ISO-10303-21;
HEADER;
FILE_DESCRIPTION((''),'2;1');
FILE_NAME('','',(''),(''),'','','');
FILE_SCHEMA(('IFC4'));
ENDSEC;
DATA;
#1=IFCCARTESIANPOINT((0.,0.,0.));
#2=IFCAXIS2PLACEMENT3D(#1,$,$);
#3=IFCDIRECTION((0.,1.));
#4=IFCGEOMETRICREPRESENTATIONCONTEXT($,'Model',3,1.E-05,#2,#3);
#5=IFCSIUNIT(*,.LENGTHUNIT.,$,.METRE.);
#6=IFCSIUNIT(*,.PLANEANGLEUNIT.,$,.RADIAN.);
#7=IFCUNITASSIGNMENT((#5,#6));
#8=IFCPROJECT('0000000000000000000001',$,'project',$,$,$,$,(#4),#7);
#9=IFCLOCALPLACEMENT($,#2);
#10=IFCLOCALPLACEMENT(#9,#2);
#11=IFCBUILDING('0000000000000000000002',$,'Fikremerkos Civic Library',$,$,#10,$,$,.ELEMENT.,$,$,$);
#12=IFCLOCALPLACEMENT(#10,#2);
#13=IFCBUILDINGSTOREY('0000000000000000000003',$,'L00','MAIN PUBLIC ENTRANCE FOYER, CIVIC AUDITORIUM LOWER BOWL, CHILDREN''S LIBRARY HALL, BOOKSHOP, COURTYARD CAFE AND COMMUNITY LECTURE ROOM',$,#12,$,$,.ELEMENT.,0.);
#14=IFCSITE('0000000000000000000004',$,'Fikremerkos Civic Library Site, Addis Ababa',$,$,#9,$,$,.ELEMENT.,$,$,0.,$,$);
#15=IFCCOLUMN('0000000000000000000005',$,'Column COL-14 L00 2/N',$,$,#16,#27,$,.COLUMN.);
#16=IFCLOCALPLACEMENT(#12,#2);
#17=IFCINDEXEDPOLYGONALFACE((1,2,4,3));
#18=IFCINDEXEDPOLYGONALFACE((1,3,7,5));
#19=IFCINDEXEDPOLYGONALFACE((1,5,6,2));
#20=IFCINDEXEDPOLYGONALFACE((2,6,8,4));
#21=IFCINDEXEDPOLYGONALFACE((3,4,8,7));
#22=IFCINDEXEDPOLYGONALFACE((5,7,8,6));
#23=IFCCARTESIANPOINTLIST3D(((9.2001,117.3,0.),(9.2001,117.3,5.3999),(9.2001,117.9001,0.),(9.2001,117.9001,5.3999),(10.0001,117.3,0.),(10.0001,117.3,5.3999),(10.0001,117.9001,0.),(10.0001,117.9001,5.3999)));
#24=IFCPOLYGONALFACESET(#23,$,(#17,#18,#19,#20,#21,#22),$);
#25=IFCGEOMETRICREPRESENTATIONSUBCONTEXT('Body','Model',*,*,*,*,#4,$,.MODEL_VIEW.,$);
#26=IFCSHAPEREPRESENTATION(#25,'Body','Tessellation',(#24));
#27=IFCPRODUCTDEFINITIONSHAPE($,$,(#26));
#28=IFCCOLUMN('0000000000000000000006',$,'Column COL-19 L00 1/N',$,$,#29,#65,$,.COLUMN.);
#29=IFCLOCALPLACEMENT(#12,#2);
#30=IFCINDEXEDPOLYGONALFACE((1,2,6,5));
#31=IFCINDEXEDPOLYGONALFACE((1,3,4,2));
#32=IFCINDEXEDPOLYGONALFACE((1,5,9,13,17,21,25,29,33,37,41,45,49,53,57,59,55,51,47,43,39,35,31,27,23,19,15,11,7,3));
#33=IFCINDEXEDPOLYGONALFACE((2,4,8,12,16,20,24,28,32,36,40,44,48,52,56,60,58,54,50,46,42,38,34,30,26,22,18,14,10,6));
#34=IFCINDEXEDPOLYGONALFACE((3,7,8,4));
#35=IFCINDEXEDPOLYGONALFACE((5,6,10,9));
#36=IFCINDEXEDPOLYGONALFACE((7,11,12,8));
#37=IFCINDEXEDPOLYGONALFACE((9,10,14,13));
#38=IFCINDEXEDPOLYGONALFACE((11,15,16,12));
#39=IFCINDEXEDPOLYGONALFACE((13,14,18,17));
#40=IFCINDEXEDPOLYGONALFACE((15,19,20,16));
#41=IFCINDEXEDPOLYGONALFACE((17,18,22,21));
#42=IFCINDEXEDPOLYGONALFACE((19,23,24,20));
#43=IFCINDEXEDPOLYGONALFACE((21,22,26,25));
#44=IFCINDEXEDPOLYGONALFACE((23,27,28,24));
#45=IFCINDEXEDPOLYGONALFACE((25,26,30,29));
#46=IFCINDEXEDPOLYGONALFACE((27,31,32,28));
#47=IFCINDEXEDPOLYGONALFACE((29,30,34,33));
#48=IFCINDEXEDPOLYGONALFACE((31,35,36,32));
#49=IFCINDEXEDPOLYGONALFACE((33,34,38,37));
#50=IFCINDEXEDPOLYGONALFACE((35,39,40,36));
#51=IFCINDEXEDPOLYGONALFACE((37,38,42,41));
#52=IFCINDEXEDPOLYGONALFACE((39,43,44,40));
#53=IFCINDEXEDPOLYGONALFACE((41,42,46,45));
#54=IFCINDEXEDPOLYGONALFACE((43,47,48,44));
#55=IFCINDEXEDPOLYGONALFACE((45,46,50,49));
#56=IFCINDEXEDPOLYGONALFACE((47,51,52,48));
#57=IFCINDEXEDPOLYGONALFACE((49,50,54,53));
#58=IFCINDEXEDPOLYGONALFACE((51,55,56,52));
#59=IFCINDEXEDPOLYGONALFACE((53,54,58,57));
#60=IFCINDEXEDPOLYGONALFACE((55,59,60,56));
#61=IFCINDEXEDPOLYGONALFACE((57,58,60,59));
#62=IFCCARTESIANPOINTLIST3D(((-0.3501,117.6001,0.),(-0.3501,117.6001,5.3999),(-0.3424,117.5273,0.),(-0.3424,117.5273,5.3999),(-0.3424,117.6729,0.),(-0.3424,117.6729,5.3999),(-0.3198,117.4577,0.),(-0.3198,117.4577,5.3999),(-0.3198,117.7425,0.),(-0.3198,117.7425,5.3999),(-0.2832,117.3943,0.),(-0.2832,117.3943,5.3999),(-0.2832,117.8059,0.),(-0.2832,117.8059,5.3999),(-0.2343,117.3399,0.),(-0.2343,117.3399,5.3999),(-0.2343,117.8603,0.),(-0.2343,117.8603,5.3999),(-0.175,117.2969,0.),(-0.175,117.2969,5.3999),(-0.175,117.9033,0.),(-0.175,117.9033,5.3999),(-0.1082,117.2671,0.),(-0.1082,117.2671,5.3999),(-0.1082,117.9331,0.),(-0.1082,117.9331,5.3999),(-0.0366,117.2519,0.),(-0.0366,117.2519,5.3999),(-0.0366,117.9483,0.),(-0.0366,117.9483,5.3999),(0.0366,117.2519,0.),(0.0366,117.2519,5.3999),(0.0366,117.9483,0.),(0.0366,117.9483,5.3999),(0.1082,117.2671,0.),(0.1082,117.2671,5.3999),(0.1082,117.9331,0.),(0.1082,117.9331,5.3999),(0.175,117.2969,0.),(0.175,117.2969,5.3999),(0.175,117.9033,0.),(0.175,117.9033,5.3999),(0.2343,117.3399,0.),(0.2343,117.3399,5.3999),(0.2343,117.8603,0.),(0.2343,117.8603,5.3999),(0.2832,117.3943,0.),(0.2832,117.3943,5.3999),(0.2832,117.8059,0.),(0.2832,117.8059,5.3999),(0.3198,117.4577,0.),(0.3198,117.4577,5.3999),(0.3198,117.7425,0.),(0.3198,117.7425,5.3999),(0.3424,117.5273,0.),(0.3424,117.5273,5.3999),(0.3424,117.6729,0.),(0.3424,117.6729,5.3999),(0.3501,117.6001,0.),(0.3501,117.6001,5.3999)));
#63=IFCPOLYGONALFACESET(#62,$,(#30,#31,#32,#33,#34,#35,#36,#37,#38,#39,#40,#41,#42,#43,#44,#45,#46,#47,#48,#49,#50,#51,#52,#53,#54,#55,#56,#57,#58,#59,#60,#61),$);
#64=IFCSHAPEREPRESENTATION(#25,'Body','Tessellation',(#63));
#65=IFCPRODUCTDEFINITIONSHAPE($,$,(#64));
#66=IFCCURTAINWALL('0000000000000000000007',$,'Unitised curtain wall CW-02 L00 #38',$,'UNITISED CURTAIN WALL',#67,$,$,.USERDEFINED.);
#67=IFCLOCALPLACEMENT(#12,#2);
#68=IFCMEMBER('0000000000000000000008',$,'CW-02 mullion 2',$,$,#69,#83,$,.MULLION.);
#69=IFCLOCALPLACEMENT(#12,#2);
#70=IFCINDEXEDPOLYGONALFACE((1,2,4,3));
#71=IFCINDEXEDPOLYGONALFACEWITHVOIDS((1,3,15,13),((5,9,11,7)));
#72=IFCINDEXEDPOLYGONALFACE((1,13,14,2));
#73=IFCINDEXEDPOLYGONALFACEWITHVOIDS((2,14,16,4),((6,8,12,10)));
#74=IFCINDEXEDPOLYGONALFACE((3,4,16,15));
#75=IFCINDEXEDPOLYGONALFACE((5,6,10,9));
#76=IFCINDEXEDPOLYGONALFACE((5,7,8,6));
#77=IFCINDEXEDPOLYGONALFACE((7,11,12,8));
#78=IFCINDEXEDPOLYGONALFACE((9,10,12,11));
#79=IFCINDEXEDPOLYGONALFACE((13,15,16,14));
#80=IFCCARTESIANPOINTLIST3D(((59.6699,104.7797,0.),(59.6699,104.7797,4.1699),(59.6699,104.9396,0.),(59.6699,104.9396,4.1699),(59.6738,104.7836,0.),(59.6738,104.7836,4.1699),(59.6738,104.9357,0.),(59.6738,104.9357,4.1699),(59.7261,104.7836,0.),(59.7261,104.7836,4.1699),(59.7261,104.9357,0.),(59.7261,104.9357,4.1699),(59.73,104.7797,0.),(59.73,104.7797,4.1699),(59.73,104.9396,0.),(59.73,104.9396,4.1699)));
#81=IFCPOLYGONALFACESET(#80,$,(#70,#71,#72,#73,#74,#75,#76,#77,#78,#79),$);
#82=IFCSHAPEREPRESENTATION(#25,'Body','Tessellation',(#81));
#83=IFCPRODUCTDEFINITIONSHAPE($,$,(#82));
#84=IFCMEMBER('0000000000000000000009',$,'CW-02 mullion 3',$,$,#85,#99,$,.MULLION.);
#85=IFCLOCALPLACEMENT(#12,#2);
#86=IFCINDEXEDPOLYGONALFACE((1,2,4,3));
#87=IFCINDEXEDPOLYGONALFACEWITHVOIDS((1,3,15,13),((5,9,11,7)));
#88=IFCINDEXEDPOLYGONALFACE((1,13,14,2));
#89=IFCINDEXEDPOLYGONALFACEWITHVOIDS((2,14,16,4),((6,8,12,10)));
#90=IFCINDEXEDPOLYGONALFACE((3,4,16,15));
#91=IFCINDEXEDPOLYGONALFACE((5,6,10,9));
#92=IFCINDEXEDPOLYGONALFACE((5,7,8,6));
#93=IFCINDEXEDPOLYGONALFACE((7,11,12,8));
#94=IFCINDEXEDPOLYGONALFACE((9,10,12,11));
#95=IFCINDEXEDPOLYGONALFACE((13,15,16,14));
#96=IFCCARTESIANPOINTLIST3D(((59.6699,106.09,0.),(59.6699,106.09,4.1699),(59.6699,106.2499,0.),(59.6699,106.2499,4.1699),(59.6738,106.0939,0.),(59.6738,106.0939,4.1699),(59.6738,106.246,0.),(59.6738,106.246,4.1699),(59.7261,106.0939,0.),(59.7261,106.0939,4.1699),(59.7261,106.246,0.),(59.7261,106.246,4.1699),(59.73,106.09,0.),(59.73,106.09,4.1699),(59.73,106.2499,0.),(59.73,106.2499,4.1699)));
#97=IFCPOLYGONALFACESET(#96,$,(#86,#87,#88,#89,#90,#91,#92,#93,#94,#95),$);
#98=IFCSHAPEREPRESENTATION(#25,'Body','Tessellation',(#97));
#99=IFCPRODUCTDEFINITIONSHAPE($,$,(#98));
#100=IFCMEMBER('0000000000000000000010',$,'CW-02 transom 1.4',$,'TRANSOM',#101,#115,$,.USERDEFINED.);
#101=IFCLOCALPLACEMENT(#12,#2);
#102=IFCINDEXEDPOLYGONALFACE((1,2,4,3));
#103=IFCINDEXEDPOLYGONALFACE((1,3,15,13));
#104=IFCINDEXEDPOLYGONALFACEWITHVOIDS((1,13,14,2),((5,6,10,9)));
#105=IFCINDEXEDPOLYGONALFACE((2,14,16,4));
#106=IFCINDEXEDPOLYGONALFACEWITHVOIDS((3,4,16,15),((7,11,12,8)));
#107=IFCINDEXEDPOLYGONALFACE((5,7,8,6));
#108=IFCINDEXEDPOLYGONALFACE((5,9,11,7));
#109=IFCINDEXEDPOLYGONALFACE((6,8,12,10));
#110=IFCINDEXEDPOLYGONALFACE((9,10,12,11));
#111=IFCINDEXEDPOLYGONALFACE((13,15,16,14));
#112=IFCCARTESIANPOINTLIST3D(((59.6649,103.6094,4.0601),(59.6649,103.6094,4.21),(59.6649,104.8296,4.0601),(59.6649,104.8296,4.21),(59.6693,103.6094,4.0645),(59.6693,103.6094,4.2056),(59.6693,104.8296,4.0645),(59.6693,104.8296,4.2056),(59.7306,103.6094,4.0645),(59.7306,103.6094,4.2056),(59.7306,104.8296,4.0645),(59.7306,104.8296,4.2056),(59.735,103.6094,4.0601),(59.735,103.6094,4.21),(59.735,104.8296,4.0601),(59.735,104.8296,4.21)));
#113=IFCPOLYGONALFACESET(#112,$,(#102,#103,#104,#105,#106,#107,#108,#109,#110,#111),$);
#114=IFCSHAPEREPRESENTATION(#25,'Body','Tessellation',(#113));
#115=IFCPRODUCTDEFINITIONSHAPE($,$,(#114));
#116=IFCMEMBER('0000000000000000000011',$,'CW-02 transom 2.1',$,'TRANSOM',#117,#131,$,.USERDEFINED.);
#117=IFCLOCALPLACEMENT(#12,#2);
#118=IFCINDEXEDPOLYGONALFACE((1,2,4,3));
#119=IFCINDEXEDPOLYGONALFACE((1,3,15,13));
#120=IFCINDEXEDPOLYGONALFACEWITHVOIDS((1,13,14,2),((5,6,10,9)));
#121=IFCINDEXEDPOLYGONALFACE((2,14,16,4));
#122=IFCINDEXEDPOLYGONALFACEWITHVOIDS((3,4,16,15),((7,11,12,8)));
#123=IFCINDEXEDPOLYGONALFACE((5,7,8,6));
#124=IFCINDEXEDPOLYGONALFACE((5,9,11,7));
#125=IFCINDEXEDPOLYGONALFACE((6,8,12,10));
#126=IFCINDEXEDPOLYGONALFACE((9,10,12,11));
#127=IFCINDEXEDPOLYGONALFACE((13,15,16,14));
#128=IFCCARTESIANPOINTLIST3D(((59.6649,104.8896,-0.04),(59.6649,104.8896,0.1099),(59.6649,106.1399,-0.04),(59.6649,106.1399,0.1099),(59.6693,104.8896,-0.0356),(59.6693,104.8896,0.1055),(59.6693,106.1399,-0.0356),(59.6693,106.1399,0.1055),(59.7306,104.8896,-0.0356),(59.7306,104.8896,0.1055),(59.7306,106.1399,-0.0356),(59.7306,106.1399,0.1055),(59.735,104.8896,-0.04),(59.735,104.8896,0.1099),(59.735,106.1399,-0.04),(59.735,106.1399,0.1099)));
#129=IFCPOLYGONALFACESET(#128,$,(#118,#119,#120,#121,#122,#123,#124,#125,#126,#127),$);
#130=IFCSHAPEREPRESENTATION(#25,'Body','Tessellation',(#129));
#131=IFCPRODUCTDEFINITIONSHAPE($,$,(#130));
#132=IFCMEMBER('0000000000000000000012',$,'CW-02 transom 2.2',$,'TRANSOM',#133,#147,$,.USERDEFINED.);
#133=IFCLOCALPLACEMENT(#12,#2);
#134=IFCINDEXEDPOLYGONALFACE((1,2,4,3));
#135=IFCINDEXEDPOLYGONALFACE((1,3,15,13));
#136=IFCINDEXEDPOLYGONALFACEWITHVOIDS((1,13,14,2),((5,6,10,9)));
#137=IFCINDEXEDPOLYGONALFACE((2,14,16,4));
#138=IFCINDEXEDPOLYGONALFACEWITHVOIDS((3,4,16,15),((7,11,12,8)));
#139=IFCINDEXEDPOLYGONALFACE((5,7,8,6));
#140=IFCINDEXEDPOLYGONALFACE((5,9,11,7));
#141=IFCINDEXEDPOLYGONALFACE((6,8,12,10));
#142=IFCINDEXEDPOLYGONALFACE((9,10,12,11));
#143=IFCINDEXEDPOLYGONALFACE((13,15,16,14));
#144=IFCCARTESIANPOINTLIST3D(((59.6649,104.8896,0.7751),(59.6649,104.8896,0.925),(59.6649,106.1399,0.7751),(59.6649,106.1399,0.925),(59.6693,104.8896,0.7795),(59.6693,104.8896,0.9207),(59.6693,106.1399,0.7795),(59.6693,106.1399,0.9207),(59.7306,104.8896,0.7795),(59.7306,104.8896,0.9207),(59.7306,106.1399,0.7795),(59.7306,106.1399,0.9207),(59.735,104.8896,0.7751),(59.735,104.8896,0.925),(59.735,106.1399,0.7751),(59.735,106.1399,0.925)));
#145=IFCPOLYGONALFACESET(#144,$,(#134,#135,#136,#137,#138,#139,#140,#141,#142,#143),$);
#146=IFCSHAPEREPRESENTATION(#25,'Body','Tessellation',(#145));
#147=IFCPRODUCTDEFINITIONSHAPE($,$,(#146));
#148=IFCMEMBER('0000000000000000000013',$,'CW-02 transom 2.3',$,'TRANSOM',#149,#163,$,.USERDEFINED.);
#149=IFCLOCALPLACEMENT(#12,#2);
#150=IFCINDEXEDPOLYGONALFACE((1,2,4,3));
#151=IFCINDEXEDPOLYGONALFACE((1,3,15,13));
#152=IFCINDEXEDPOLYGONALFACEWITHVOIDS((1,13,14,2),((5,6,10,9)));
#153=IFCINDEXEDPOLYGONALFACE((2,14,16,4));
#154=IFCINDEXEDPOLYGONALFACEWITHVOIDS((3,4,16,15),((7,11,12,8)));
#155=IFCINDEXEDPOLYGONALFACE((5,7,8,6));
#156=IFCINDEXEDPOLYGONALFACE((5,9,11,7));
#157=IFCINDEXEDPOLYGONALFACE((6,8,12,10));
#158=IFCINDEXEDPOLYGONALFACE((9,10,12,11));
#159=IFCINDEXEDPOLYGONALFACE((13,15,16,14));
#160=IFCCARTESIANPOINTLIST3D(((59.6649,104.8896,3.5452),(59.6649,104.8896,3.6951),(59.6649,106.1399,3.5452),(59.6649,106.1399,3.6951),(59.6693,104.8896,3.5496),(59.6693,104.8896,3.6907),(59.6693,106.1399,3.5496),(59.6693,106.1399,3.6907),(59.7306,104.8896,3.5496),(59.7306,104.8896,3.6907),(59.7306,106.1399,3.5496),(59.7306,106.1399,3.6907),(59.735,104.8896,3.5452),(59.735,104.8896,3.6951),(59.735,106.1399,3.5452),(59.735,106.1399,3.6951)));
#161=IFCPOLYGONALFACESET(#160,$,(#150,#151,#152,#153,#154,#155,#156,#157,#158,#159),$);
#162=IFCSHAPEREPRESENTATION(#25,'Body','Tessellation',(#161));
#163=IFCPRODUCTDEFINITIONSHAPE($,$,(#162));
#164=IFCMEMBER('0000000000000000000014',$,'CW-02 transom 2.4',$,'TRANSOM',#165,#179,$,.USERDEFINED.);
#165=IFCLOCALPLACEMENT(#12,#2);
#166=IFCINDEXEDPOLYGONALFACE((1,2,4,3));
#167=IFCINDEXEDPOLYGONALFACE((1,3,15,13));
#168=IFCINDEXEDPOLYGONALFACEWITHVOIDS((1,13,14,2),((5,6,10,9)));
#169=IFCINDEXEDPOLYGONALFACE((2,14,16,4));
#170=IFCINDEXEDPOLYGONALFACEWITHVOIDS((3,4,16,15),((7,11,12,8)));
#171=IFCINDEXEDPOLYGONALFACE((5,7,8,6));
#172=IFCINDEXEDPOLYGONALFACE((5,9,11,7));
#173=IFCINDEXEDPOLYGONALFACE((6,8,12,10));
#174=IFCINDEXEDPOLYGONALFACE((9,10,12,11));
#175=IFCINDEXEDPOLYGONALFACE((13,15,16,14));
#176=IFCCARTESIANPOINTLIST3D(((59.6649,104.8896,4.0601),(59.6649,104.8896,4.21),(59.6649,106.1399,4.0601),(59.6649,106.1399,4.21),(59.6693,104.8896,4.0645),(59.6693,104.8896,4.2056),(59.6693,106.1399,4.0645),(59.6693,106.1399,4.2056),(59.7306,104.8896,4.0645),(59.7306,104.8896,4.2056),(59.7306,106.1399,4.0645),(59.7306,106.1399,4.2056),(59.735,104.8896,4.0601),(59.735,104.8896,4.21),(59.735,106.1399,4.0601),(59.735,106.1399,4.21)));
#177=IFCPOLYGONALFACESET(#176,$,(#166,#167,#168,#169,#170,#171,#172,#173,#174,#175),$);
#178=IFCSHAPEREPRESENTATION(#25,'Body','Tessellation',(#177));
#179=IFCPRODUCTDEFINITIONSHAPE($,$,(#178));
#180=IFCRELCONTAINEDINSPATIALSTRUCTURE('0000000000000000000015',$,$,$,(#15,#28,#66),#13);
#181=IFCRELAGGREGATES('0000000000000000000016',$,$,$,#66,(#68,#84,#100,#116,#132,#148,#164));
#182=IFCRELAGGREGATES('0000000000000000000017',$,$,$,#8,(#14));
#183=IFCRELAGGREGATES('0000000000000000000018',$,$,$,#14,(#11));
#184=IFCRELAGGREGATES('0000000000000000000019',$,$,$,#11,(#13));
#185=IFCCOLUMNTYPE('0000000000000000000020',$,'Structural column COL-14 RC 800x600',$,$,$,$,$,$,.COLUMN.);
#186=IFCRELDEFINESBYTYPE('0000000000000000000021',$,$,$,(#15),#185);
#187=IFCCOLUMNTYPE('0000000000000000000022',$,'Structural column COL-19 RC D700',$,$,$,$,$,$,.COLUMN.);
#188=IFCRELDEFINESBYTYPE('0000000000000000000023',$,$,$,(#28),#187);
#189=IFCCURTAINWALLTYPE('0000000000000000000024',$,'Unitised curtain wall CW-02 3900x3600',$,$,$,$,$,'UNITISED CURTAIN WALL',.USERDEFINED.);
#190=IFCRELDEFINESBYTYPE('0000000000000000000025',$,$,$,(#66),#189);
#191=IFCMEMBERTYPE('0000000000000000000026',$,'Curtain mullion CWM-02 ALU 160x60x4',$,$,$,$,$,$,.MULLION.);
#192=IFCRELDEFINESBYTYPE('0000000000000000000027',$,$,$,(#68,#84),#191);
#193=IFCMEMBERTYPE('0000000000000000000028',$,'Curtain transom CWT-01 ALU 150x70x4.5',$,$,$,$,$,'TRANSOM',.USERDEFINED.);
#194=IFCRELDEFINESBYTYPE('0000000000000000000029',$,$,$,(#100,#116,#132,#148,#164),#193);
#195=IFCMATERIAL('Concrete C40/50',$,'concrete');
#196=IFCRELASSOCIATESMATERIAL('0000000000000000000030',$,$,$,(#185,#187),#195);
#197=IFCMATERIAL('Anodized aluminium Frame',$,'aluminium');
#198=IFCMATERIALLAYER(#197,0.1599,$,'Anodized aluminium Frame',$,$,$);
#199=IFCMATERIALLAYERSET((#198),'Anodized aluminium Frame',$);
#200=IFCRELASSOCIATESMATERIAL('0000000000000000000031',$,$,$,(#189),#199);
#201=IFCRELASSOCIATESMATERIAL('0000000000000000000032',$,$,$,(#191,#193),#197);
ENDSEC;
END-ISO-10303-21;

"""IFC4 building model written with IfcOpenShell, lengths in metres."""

from ifc_helpers import new_model, si_unit, direction, frame, origin, origin_2d, place, context, subcontext, project, spatial, rectangle, hollow_rectangle, circle, extrude, material, layer, layer_set, material_profile, profile_set, type_object, element, aggregate, save


model = new_model("IFC4")

# Units and contexts
model_context = context("Model", 3, precision=1e-05, world=origin(), true_north=direction((0.0, 1.0)))
body_context = subcontext(model_context, "Body", "Model", "MODEL_VIEW")
ifc_project = project(units=[si_unit("LENGTHUNIT", "METRE"), si_unit("PLANEANGLEUNIT", "RADIAN")], contexts=[model_context])

# Site, building, storey
site_placement = place(None, origin())
site = spatial("IfcSite", under=ifc_project, at=site_placement, Name="Fikremerkos Civic Library Site, Addis Ababa", CompositionType="ELEMENT", RefElevation=0.0)
building_placement = place(site_placement, origin())
building = spatial("IfcBuilding", under=site, at=building_placement, Name="Fikremerkos Civic Library", CompositionType="ELEMENT")
storey_placement = place(building_placement, origin())
storey = spatial("IfcBuildingStorey", under=building, at=storey_placement, Name="L00", Description="MAIN PUBLIC ENTRANCE FOYER, CIVIC AUDITORIUM LOWER BOWL, CHILDREN'S LIBRARY HALL, BOOKSHOP, COURTYARD CAFE AND COMMUNITY LECTURE ROOM", CompositionType="ELEMENT", Elevation=0.0)

# Columns
ifc_material_1 = material(Name="Concrete C40/50", Category="concrete")
ifc_material_profile_1 = material_profile(ifc_material_1, rectangle(XDim=0.8, YDim=0.6001, at=origin_2d()), Name="RC 800x600")
ifc_profile_set_1 = profile_set([ifc_material_profile_1], Name="Concrete C40/50")
column_type_1 = type_object("IfcColumnType", Name="Structural column COL-14 RC 800x600", PredefinedType="COLUMN", material=ifc_profile_set_1)
column_1_placement = place(storey_placement, frame((9.6001, 117.6001, 0.0), z_axis=(0.0, 0.0, 1.0), x_axis=(1.0, 0.0, 0.0)))
element("IfcColumn", 1, at=column_1_placement, inside=storey, type_object=column_type_1, Name="Column COL-14 L00 2/N", PredefinedType="COLUMN", context=body_context, shape_type="SweptSolid", body=[
    extrude(rectangle(XDim=0.8, YDim=0.6001, at=origin_2d()), origin(), (0.0, 0.0, 1.0), 5.3999),
])
ifc_material_profile_2 = material_profile(ifc_material_1, circle(Radius=0.3501, at=origin_2d()), Name="RC D700")
ifc_profile_set_2 = profile_set([ifc_material_profile_2], Name="Concrete C40/50")
column_type_2 = type_object("IfcColumnType", Name="Structural column COL-19 RC D700", PredefinedType="COLUMN", material=ifc_profile_set_2)
column_2_placement = place(storey_placement, frame((0.0, 117.6001, 0.0), z_axis=(0.0, 0.0, 1.0), x_axis=(1.0, 0.0, 0.0)))
element("IfcColumn", 2, at=column_2_placement, inside=storey, type_object=column_type_2, Name="Column COL-19 L00 1/N", PredefinedType="COLUMN", context=body_context, shape_type="SweptSolid", body=[
    extrude(circle(Radius=0.3501, at=origin_2d()), origin(), (0.0, 0.0, 1.0), 5.3999),
])

# Curtain wall, members
ifc_material_2 = material(Name="Anodized aluminium Frame", Category="aluminium")
ifc_layer_1 = layer(ifc_material_2, 0.1599, Name="Anodized aluminium Frame")
ifc_layer_set_1 = layer_set([ifc_layer_1], Name="Anodized aluminium Frame")
curtain_wall_type = type_object("IfcCurtainWallType", Name="Unitised curtain wall CW-02 3900x3600", ElementType="UNITISED CURTAIN WALL", PredefinedType="USERDEFINED", material=ifc_layer_set_1)
curtain_wall_placement = place(storey_placement, origin())
curtain_wall = element("IfcCurtainWall", 3, at=curtain_wall_placement, inside=storey, type_object=curtain_wall_type, Name="Unitised curtain wall CW-02 L00 #38", ObjectType="UNITISED CURTAIN WALL", PredefinedType="USERDEFINED")
ifc_material_profile_3 = material_profile(ifc_material_2, hollow_rectangle(XDim=0.0601, YDim=0.1599, WallThickness=0.0039, at=origin_2d()), Name="ALU 160x60x4")
ifc_profile_set_3 = profile_set([ifc_material_profile_3], Name="Anodized aluminium Frame")
member_type_1 = type_object("IfcMemberType", Name="Curtain mullion CWM-02 ALU 160x60x4", PredefinedType="MULLION", material=ifc_profile_set_3)
member_1_placement = place(storey_placement, frame((59.7, 104.8596, 0.0), z_axis=(0.0, 0.0, 1.0), x_axis=(-1.0, 0.0, 0.0)))
member_1 = element("IfcMember", 4, at=member_1_placement, type_object=member_type_1, Name="CW-02 mullion 2", PredefinedType="MULLION", context=body_context, shape_type="SweptSolid", body=[
    extrude(hollow_rectangle(XDim=0.0601, YDim=0.1599, WallThickness=0.0039, at=origin_2d()), origin(), (0.0, 0.0, 1.0), 4.1699),
])
member_2_placement = place(storey_placement, frame((59.7, 106.1699, 0.0), z_axis=(0.0, 0.0, 1.0), x_axis=(-1.0, 0.0, 0.0)))
member_2 = element("IfcMember", 5, at=member_2_placement, type_object=member_type_1, Name="CW-02 mullion 3", PredefinedType="MULLION", context=body_context, shape_type="SweptSolid", body=[
    extrude(hollow_rectangle(XDim=0.0601, YDim=0.1599, WallThickness=0.0039, at=origin_2d()), origin(), (0.0, 0.0, 1.0), 4.1699),
])
ifc_material_profile_4 = material_profile(ifc_material_2, hollow_rectangle(XDim=0.0701, YDim=0.1499, WallThickness=0.0044, at=origin_2d()), Name="ALU 150x70x4.5")
ifc_profile_set_4 = profile_set([ifc_material_profile_4], Name="Anodized aluminium Frame")
member_type_2 = type_object("IfcMemberType", Name="Curtain transom CWT-01 ALU 150x70x4.5", ElementType="TRANSOM", PredefinedType="USERDEFINED", material=ifc_profile_set_4)
member_3_placement = place(storey_placement, frame((59.7, 103.6094, 4.135), z_axis=(0.0, 1.0, 0.0), x_axis=(-1.0, 0.0, 0.0)))
member_3 = element("IfcMember", 6, at=member_3_placement, type_object=member_type_2, Name="CW-02 transom 1.4", ObjectType="TRANSOM", PredefinedType="USERDEFINED", context=body_context, shape_type="SweptSolid", body=[
    extrude(hollow_rectangle(XDim=0.0701, YDim=0.1499, WallThickness=0.0044, at=origin_2d()), origin(), (0.0, 0.0, 1.0), 1.2202),
])
member_4_placement = place(storey_placement, frame((59.7, 104.8896, 0.0349), z_axis=(0.0, 1.0, 0.0), x_axis=(-1.0, 0.0, 0.0)))
member_4 = element("IfcMember", 7, at=member_4_placement, type_object=member_type_2, Name="CW-02 transom 2.1", ObjectType="TRANSOM", PredefinedType="USERDEFINED", context=body_context, shape_type="SweptSolid", body=[
    extrude(hollow_rectangle(XDim=0.0701, YDim=0.1499, WallThickness=0.0044, at=origin_2d()), origin(), (0.0, 0.0, 1.0), 1.2502),
])
member_5_placement = place(storey_placement, frame((59.7, 104.8896, 0.8501), z_axis=(0.0, 1.0, 0.0), x_axis=(-1.0, 0.0, 0.0)))
member_5 = element("IfcMember", 8, at=member_5_placement, type_object=member_type_2, Name="CW-02 transom 2.2", ObjectType="TRANSOM", PredefinedType="USERDEFINED", context=body_context, shape_type="SweptSolid", body=[
    extrude(hollow_rectangle(XDim=0.0701, YDim=0.1499, WallThickness=0.0044, at=origin_2d()), origin(), (0.0, 0.0, 1.0), 1.2502),
])
member_6_placement = place(storey_placement, frame((59.7, 104.8896, 3.6201), z_axis=(0.0, 1.0, 0.0), x_axis=(-1.0, 0.0, 0.0)))
member_6 = element("IfcMember", 9, at=member_6_placement, type_object=member_type_2, Name="CW-02 transom 2.3", ObjectType="TRANSOM", PredefinedType="USERDEFINED", context=body_context, shape_type="SweptSolid", body=[
    extrude(hollow_rectangle(XDim=0.0701, YDim=0.1499, WallThickness=0.0044, at=origin_2d()), origin(), (0.0, 0.0, 1.0), 1.2502),
])
member_7_placement = place(storey_placement, frame((59.7, 104.8896, 4.135), z_axis=(0.0, 1.0, 0.0), x_axis=(-1.0, 0.0, 0.0)))
member_7 = element("IfcMember", 10, at=member_7_placement, type_object=member_type_2, Name="CW-02 transom 2.4", ObjectType="TRANSOM", PredefinedType="USERDEFINED", context=body_context, shape_type="SweptSolid", body=[
    extrude(hollow_rectangle(XDim=0.0701, YDim=0.1499, WallThickness=0.0044, at=origin_2d()), origin(), (0.0, 0.0, 1.0), 1.2502),
])

aggregate(curtain_wall, [member_1, member_2, member_3, member_4, member_5, member_6, member_7])

save(model, "model.ifc")
